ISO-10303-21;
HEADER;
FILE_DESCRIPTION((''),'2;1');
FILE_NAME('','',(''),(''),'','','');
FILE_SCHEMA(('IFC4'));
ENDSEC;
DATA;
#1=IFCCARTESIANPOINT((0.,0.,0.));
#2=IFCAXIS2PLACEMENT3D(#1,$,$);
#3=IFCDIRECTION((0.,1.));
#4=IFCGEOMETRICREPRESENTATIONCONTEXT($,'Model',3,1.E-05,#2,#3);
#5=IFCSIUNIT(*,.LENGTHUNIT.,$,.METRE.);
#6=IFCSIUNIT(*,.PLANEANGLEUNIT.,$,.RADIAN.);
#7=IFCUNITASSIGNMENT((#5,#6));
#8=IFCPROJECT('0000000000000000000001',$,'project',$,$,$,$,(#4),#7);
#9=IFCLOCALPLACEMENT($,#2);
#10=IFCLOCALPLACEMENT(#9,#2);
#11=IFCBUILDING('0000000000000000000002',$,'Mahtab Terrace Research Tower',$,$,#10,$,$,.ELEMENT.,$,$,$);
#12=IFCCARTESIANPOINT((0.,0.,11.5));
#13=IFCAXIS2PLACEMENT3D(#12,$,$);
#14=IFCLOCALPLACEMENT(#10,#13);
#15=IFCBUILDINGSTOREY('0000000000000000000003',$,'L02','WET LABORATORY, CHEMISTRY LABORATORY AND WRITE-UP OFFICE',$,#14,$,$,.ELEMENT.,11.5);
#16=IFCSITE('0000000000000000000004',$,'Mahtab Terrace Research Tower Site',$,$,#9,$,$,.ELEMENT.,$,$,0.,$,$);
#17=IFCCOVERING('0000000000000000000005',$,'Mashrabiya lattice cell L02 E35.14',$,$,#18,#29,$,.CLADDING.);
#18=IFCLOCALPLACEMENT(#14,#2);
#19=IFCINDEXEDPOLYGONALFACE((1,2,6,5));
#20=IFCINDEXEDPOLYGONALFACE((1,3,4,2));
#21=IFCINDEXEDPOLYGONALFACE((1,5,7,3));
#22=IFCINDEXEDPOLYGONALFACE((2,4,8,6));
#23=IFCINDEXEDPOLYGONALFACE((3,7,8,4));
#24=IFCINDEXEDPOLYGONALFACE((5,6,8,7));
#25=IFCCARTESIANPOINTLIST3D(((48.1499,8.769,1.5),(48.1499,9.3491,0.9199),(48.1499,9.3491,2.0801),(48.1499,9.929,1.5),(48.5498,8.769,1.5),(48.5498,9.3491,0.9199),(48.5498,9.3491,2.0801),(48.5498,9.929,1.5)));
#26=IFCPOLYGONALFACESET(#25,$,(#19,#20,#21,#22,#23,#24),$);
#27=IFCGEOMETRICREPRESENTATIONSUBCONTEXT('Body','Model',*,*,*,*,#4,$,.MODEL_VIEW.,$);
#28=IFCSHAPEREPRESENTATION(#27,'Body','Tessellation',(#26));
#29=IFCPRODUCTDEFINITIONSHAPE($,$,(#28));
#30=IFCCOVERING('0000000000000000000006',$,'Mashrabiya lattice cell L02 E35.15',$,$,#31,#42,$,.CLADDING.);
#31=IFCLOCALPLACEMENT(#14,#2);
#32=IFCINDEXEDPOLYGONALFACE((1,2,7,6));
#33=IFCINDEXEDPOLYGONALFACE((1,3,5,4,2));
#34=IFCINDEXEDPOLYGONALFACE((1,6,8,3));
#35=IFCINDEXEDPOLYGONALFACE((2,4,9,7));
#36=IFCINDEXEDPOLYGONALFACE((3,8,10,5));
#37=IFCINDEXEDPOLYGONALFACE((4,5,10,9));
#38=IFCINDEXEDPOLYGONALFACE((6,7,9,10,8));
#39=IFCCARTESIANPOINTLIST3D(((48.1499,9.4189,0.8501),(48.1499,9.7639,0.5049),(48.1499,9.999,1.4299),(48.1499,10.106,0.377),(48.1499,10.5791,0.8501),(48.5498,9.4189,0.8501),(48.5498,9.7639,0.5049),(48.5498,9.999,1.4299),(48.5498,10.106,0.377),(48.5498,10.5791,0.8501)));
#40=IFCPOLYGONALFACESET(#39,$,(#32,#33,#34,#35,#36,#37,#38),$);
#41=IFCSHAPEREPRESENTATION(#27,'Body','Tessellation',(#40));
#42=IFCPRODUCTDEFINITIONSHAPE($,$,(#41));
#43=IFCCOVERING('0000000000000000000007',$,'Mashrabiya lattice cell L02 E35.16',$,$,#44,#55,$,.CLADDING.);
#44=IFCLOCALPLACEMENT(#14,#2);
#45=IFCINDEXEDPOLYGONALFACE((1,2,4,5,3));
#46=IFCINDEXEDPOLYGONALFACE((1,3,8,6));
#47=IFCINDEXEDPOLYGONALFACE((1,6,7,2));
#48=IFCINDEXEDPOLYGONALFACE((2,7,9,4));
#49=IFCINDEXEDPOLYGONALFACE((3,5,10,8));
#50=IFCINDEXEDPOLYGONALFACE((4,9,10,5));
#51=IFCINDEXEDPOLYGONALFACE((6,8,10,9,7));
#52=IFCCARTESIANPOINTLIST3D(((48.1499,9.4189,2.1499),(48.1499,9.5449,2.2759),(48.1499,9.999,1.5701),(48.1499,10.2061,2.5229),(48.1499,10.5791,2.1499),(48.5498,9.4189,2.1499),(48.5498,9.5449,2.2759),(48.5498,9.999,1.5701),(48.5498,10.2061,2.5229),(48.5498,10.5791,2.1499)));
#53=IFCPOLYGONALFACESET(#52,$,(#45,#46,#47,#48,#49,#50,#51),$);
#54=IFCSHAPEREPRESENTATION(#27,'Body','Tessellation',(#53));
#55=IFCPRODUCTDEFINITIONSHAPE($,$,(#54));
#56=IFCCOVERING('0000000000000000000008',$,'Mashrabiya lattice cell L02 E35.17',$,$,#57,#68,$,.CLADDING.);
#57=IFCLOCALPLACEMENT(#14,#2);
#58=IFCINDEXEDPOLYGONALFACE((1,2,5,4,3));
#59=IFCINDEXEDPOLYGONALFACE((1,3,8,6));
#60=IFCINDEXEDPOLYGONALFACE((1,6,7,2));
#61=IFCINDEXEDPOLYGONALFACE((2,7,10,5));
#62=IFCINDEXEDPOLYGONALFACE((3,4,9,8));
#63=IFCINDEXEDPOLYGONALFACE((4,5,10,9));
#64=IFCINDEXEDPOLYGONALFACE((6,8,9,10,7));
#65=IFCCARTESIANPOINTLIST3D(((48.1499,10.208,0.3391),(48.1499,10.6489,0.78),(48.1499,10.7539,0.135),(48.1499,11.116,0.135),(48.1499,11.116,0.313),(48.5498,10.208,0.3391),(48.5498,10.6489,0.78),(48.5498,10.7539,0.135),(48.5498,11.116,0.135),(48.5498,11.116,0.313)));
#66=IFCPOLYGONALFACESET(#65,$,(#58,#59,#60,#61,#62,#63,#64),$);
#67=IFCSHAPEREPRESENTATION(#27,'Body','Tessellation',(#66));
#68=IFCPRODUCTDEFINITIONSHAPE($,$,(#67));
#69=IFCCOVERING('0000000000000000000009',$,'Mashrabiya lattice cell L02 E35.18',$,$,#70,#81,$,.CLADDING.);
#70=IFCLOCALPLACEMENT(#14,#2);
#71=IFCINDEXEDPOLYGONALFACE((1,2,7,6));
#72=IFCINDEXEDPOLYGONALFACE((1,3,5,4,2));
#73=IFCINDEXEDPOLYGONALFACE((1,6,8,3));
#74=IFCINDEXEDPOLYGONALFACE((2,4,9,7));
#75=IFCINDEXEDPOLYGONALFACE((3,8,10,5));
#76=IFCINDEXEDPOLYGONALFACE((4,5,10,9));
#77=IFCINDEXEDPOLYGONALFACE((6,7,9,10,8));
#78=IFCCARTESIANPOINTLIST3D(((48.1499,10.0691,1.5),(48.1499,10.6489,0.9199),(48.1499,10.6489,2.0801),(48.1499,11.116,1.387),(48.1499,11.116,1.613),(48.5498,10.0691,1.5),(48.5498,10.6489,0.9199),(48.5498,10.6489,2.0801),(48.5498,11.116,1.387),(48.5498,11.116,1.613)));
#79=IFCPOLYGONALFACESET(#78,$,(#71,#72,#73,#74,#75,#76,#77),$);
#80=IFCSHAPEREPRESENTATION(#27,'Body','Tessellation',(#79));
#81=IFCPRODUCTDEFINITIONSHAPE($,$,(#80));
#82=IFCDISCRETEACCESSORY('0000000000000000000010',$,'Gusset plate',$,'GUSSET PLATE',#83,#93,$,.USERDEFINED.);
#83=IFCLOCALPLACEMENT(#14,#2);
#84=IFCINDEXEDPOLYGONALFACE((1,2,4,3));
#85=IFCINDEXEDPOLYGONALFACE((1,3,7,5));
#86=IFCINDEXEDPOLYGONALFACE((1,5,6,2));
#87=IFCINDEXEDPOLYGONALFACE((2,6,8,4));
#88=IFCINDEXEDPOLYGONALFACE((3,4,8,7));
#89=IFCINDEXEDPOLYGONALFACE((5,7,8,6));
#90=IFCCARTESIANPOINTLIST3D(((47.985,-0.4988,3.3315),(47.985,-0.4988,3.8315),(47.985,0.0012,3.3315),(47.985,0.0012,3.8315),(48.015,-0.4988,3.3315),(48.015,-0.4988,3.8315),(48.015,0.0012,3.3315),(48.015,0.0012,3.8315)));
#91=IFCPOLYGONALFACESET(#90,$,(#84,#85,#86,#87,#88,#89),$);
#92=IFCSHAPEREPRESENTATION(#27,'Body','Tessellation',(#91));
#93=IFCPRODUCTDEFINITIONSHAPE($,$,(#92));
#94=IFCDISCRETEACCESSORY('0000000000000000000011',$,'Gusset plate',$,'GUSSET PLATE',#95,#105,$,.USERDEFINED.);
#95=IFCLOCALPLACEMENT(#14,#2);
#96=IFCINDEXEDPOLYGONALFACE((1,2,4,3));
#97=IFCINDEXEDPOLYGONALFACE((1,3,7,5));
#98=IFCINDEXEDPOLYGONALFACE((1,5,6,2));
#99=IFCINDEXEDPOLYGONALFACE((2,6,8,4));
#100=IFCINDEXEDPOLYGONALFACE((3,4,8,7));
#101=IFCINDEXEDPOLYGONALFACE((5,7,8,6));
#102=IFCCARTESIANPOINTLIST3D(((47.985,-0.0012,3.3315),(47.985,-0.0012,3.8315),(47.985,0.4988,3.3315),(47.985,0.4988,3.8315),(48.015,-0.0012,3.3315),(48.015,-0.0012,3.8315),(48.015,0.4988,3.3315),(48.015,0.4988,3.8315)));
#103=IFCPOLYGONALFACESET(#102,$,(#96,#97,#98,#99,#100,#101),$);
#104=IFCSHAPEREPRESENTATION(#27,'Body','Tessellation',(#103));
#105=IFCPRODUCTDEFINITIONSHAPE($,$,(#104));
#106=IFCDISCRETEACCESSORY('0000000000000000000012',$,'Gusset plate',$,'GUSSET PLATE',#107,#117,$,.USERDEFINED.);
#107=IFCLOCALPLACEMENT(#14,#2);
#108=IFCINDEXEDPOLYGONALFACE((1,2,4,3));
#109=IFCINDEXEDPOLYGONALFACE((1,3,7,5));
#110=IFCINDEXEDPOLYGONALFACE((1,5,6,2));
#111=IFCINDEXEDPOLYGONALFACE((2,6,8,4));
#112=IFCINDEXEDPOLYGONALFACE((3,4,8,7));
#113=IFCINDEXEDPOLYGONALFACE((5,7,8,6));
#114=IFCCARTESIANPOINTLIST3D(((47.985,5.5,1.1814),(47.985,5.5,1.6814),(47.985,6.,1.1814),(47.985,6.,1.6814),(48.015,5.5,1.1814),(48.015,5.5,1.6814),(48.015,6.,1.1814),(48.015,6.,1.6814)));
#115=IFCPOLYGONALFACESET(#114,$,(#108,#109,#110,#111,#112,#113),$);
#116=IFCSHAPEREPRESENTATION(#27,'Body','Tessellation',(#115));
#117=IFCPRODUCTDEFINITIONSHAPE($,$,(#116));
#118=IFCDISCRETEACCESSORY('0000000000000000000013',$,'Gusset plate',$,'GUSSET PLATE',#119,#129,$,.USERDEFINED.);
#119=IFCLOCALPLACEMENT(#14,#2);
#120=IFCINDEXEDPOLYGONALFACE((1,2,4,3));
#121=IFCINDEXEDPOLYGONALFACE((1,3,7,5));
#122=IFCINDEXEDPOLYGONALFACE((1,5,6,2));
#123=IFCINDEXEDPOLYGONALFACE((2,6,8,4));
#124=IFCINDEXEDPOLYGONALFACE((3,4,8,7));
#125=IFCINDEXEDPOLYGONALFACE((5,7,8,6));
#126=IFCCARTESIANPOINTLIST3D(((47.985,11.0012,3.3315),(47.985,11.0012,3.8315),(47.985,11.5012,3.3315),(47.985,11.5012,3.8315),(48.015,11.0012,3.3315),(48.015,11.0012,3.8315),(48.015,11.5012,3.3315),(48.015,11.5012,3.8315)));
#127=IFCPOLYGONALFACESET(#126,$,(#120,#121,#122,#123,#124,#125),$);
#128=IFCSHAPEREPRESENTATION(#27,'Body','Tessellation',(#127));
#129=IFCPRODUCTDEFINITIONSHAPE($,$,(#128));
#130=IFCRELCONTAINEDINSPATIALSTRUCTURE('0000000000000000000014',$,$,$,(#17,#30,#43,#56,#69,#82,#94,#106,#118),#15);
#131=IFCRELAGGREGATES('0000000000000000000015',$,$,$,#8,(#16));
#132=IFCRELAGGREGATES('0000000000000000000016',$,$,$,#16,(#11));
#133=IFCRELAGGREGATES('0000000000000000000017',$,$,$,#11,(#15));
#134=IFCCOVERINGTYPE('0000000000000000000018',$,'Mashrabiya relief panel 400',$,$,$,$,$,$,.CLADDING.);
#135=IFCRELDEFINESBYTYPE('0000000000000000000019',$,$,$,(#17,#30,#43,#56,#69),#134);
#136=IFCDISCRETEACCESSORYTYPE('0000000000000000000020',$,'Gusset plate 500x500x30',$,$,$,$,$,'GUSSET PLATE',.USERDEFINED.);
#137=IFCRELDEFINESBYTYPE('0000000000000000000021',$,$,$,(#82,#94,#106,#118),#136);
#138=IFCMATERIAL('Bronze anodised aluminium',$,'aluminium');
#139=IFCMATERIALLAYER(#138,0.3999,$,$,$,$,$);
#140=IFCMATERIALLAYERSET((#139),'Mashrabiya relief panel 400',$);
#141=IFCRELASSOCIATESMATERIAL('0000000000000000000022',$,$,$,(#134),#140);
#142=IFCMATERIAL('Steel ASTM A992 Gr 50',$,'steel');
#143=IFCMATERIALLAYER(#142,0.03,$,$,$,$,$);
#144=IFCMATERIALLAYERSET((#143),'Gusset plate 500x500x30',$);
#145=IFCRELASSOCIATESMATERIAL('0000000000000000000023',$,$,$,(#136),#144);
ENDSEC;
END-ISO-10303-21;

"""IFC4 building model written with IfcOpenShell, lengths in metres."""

from ifc_helpers import new_model, si_unit, direction, frame, origin, origin_2d, place, context, subcontext, project, spatial, polyline, rectangle, outline, extrude, material, layer, layer_set, type_object, element, save


model = new_model("IFC4")

# Units and contexts
model_context = context("Model", 3, precision=1e-05, world=origin(), true_north=direction((0.0, 1.0)))
body_context = subcontext(model_context, "Body", "Model", "MODEL_VIEW")
ifc_project = project(units=[si_unit("LENGTHUNIT", "METRE"), si_unit("PLANEANGLEUNIT", "RADIAN")], contexts=[model_context])

# Site, building, storey
site_placement = place(None, origin())
site = spatial("IfcSite", under=ifc_project, at=site_placement, Name="Mahtab Terrace Research Tower Site", CompositionType="ELEMENT", RefElevation=0.0)
building_placement = place(site_placement, origin())
building = spatial("IfcBuilding", under=site, at=building_placement, Name="Mahtab Terrace Research Tower", CompositionType="ELEMENT")
storey_placement = place(building_placement, frame((0.0, 0.0, 11.5)))
storey = spatial("IfcBuildingStorey", under=building, at=storey_placement, Name="L02", Description="WET LABORATORY, CHEMISTRY LABORATORY AND WRITE-UP OFFICE", CompositionType="ELEMENT", Elevation=11.5)

# Shared definitions
ifc_material_1 = material(Name="Steel ASTM A992 Gr 50", Category="steel")

# Coverings
ifc_material_2 = material(Name="Bronze anodised aluminium", Category="aluminium")
ifc_layer_1 = layer(ifc_material_2, 0.3999)
ifc_layer_set_1 = layer_set([ifc_layer_1], Name="Mashrabiya relief panel 400")
covering_type = type_object("IfcCoveringType", Name="Mashrabiya relief panel 400", PredefinedType="CLADDING", material=ifc_layer_set_1)
covering_1_placement = place(storey_placement, frame((48.1499, 9.3491, 2.0801), z_axis=(-1.0, 0.0, 0.0), x_axis=(0.0, 0.706958, -0.707256)))
element("IfcCovering", 1, at=covering_1_placement, inside=storey, type_object=covering_type, Name="Mashrabiya lattice cell L02 E35.14", PredefinedType="CLADDING", context=body_context, shape_type="SweptSolid", body=[
    extrude(outline(polyline([(0.0, 0.0), (0.8202, 0.0), (0.8205, 0.8202), (0.0002, 0.8204), (0.0, 0.0)])), origin(), (0.0, 0.0, -1.0), 0.3999),
])
covering_2_placement = place(storey_placement, frame((48.1499, 9.4189, 0.8501), z_axis=(-1.0, 0.0, 0.0), x_axis=(0.0, 0.707256, 0.706958)))
element("IfcCovering", 2, at=covering_2_placement, inside=storey, type_object=covering_type, Name="Mashrabiya lattice cell L02 E35.15", PredefinedType="CLADDING", context=body_context, shape_type="SweptSolid", body=[
    extrude(outline(polyline([(0.0, 0.0), (0.8202, 0.0), (0.8205, 0.8202), (0.1514, 0.8203), (-0.0001, 0.488), (0.0, 0.0)])), origin(), (0.0, 0.0, -1.0), 0.3999),
])
covering_3_placement = place(storey_placement, frame((48.1499, 10.5791, 2.1499), z_axis=(-1.0, 0.0, 0.0), x_axis=(0.0, -0.707256, -0.706958)))
element("IfcCovering", 3, at=covering_3_placement, inside=storey, type_object=covering_type, Name="Mashrabiya lattice cell L02 E35.16", PredefinedType="CLADDING", context=body_context, shape_type="SweptSolid", body=[
    extrude(outline(polyline([(0.0, 0.0), (0.8202, 0.0), (0.8205, 0.8202), (0.6424, 0.8202), (0.0001, 0.5276), (0.0, 0.0)])), origin(), (0.0, 0.0, -1.0), 0.3999),
])
covering_4_placement = place(storey_placement, frame((48.1499, 10.6489, 0.78), z_axis=(-1.0, 0.0, 0.0), x_axis=(0.0, 0.707107, -0.707107)))
element("IfcCovering", 4, at=covering_4_placement, inside=storey, type_object=covering_type, Name="Mashrabiya lattice cell L02 E35.17", PredefinedType="CLADDING", context=body_context, shape_type="SweptSolid", body=[
    extrude(outline(polyline([(0.0, 0.0), (0.6605, 0.0), (0.7863, 0.1258), (0.5303, 0.3819), (0.0, 0.6236), (0.0, 0.0)])), origin(), (0.0, 0.0, -1.0), 0.3999),
])
covering_5_placement = place(storey_placement, frame((48.1499, 10.6489, 0.9199), z_axis=(-1.0, 0.0, 0.0), x_axis=(0.0, -0.706958, 0.707256)))
element("IfcCovering", 5, at=covering_5_placement, inside=storey, type_object=covering_type, Name="Mashrabiya lattice cell L02 E35.18", PredefinedType="CLADDING", context=body_context, shape_type="SweptSolid", body=[
    extrude(outline(polyline([(0.0, 0.0), (0.8202, 0.0), (0.8205, 0.8202), (0.16, 0.8203), (0.0001, 0.6605), (0.0, 0.0)])), origin(), (0.0, 0.0, -1.0), 0.3999),
])

# Discrete accessories
ifc_layer_2 = layer(ifc_material_1, 0.03)
ifc_layer_set_2 = layer_set([ifc_layer_2], Name="Gusset plate 500x500x30")
discrete_accessory_type = type_object("IfcDiscreteAccessoryType", Name="Gusset plate 500x500x30", ElementType="GUSSET PLATE", PredefinedType="USERDEFINED", material=ifc_layer_set_2)
for number, where, z_axis, x_axis, name in (
    (6, (48.0, -0.2488, 3.3315), (0.0, 0.0, 1.0), (0.0, 1.0, 0.0), "Gusset plate"),
    (7, (48.0, 0.2488, 3.3315), (0.0, 0.0, 1.0), (0.0, 1.0, 0.0), "Gusset plate"),
    (8, (48.0, 5.75, 1.1814), (0.0, 0.0, 1.0), (0.0, 1.0, 0.0), "Gusset plate"),
    (9, (48.0, 11.2512, 3.3315), (0.0, 0.0, 1.0), (0.0, 1.0, 0.0), "Gusset plate"),
):
    element("IfcDiscreteAccessory", number, at=place(storey_placement, frame(where, z_axis=z_axis, x_axis=x_axis)), inside=storey, type_object=discrete_accessory_type, Name=name, ObjectType="GUSSET PLATE", PredefinedType="USERDEFINED", context=body_context, shape_type="SweptSolid", body=[
        extrude(rectangle(XDim=0.5, YDim=0.03, at=origin_2d()), origin(), (0.0, 0.0, 1.0), 0.5),
    ])

save(model, "model.ifc")
